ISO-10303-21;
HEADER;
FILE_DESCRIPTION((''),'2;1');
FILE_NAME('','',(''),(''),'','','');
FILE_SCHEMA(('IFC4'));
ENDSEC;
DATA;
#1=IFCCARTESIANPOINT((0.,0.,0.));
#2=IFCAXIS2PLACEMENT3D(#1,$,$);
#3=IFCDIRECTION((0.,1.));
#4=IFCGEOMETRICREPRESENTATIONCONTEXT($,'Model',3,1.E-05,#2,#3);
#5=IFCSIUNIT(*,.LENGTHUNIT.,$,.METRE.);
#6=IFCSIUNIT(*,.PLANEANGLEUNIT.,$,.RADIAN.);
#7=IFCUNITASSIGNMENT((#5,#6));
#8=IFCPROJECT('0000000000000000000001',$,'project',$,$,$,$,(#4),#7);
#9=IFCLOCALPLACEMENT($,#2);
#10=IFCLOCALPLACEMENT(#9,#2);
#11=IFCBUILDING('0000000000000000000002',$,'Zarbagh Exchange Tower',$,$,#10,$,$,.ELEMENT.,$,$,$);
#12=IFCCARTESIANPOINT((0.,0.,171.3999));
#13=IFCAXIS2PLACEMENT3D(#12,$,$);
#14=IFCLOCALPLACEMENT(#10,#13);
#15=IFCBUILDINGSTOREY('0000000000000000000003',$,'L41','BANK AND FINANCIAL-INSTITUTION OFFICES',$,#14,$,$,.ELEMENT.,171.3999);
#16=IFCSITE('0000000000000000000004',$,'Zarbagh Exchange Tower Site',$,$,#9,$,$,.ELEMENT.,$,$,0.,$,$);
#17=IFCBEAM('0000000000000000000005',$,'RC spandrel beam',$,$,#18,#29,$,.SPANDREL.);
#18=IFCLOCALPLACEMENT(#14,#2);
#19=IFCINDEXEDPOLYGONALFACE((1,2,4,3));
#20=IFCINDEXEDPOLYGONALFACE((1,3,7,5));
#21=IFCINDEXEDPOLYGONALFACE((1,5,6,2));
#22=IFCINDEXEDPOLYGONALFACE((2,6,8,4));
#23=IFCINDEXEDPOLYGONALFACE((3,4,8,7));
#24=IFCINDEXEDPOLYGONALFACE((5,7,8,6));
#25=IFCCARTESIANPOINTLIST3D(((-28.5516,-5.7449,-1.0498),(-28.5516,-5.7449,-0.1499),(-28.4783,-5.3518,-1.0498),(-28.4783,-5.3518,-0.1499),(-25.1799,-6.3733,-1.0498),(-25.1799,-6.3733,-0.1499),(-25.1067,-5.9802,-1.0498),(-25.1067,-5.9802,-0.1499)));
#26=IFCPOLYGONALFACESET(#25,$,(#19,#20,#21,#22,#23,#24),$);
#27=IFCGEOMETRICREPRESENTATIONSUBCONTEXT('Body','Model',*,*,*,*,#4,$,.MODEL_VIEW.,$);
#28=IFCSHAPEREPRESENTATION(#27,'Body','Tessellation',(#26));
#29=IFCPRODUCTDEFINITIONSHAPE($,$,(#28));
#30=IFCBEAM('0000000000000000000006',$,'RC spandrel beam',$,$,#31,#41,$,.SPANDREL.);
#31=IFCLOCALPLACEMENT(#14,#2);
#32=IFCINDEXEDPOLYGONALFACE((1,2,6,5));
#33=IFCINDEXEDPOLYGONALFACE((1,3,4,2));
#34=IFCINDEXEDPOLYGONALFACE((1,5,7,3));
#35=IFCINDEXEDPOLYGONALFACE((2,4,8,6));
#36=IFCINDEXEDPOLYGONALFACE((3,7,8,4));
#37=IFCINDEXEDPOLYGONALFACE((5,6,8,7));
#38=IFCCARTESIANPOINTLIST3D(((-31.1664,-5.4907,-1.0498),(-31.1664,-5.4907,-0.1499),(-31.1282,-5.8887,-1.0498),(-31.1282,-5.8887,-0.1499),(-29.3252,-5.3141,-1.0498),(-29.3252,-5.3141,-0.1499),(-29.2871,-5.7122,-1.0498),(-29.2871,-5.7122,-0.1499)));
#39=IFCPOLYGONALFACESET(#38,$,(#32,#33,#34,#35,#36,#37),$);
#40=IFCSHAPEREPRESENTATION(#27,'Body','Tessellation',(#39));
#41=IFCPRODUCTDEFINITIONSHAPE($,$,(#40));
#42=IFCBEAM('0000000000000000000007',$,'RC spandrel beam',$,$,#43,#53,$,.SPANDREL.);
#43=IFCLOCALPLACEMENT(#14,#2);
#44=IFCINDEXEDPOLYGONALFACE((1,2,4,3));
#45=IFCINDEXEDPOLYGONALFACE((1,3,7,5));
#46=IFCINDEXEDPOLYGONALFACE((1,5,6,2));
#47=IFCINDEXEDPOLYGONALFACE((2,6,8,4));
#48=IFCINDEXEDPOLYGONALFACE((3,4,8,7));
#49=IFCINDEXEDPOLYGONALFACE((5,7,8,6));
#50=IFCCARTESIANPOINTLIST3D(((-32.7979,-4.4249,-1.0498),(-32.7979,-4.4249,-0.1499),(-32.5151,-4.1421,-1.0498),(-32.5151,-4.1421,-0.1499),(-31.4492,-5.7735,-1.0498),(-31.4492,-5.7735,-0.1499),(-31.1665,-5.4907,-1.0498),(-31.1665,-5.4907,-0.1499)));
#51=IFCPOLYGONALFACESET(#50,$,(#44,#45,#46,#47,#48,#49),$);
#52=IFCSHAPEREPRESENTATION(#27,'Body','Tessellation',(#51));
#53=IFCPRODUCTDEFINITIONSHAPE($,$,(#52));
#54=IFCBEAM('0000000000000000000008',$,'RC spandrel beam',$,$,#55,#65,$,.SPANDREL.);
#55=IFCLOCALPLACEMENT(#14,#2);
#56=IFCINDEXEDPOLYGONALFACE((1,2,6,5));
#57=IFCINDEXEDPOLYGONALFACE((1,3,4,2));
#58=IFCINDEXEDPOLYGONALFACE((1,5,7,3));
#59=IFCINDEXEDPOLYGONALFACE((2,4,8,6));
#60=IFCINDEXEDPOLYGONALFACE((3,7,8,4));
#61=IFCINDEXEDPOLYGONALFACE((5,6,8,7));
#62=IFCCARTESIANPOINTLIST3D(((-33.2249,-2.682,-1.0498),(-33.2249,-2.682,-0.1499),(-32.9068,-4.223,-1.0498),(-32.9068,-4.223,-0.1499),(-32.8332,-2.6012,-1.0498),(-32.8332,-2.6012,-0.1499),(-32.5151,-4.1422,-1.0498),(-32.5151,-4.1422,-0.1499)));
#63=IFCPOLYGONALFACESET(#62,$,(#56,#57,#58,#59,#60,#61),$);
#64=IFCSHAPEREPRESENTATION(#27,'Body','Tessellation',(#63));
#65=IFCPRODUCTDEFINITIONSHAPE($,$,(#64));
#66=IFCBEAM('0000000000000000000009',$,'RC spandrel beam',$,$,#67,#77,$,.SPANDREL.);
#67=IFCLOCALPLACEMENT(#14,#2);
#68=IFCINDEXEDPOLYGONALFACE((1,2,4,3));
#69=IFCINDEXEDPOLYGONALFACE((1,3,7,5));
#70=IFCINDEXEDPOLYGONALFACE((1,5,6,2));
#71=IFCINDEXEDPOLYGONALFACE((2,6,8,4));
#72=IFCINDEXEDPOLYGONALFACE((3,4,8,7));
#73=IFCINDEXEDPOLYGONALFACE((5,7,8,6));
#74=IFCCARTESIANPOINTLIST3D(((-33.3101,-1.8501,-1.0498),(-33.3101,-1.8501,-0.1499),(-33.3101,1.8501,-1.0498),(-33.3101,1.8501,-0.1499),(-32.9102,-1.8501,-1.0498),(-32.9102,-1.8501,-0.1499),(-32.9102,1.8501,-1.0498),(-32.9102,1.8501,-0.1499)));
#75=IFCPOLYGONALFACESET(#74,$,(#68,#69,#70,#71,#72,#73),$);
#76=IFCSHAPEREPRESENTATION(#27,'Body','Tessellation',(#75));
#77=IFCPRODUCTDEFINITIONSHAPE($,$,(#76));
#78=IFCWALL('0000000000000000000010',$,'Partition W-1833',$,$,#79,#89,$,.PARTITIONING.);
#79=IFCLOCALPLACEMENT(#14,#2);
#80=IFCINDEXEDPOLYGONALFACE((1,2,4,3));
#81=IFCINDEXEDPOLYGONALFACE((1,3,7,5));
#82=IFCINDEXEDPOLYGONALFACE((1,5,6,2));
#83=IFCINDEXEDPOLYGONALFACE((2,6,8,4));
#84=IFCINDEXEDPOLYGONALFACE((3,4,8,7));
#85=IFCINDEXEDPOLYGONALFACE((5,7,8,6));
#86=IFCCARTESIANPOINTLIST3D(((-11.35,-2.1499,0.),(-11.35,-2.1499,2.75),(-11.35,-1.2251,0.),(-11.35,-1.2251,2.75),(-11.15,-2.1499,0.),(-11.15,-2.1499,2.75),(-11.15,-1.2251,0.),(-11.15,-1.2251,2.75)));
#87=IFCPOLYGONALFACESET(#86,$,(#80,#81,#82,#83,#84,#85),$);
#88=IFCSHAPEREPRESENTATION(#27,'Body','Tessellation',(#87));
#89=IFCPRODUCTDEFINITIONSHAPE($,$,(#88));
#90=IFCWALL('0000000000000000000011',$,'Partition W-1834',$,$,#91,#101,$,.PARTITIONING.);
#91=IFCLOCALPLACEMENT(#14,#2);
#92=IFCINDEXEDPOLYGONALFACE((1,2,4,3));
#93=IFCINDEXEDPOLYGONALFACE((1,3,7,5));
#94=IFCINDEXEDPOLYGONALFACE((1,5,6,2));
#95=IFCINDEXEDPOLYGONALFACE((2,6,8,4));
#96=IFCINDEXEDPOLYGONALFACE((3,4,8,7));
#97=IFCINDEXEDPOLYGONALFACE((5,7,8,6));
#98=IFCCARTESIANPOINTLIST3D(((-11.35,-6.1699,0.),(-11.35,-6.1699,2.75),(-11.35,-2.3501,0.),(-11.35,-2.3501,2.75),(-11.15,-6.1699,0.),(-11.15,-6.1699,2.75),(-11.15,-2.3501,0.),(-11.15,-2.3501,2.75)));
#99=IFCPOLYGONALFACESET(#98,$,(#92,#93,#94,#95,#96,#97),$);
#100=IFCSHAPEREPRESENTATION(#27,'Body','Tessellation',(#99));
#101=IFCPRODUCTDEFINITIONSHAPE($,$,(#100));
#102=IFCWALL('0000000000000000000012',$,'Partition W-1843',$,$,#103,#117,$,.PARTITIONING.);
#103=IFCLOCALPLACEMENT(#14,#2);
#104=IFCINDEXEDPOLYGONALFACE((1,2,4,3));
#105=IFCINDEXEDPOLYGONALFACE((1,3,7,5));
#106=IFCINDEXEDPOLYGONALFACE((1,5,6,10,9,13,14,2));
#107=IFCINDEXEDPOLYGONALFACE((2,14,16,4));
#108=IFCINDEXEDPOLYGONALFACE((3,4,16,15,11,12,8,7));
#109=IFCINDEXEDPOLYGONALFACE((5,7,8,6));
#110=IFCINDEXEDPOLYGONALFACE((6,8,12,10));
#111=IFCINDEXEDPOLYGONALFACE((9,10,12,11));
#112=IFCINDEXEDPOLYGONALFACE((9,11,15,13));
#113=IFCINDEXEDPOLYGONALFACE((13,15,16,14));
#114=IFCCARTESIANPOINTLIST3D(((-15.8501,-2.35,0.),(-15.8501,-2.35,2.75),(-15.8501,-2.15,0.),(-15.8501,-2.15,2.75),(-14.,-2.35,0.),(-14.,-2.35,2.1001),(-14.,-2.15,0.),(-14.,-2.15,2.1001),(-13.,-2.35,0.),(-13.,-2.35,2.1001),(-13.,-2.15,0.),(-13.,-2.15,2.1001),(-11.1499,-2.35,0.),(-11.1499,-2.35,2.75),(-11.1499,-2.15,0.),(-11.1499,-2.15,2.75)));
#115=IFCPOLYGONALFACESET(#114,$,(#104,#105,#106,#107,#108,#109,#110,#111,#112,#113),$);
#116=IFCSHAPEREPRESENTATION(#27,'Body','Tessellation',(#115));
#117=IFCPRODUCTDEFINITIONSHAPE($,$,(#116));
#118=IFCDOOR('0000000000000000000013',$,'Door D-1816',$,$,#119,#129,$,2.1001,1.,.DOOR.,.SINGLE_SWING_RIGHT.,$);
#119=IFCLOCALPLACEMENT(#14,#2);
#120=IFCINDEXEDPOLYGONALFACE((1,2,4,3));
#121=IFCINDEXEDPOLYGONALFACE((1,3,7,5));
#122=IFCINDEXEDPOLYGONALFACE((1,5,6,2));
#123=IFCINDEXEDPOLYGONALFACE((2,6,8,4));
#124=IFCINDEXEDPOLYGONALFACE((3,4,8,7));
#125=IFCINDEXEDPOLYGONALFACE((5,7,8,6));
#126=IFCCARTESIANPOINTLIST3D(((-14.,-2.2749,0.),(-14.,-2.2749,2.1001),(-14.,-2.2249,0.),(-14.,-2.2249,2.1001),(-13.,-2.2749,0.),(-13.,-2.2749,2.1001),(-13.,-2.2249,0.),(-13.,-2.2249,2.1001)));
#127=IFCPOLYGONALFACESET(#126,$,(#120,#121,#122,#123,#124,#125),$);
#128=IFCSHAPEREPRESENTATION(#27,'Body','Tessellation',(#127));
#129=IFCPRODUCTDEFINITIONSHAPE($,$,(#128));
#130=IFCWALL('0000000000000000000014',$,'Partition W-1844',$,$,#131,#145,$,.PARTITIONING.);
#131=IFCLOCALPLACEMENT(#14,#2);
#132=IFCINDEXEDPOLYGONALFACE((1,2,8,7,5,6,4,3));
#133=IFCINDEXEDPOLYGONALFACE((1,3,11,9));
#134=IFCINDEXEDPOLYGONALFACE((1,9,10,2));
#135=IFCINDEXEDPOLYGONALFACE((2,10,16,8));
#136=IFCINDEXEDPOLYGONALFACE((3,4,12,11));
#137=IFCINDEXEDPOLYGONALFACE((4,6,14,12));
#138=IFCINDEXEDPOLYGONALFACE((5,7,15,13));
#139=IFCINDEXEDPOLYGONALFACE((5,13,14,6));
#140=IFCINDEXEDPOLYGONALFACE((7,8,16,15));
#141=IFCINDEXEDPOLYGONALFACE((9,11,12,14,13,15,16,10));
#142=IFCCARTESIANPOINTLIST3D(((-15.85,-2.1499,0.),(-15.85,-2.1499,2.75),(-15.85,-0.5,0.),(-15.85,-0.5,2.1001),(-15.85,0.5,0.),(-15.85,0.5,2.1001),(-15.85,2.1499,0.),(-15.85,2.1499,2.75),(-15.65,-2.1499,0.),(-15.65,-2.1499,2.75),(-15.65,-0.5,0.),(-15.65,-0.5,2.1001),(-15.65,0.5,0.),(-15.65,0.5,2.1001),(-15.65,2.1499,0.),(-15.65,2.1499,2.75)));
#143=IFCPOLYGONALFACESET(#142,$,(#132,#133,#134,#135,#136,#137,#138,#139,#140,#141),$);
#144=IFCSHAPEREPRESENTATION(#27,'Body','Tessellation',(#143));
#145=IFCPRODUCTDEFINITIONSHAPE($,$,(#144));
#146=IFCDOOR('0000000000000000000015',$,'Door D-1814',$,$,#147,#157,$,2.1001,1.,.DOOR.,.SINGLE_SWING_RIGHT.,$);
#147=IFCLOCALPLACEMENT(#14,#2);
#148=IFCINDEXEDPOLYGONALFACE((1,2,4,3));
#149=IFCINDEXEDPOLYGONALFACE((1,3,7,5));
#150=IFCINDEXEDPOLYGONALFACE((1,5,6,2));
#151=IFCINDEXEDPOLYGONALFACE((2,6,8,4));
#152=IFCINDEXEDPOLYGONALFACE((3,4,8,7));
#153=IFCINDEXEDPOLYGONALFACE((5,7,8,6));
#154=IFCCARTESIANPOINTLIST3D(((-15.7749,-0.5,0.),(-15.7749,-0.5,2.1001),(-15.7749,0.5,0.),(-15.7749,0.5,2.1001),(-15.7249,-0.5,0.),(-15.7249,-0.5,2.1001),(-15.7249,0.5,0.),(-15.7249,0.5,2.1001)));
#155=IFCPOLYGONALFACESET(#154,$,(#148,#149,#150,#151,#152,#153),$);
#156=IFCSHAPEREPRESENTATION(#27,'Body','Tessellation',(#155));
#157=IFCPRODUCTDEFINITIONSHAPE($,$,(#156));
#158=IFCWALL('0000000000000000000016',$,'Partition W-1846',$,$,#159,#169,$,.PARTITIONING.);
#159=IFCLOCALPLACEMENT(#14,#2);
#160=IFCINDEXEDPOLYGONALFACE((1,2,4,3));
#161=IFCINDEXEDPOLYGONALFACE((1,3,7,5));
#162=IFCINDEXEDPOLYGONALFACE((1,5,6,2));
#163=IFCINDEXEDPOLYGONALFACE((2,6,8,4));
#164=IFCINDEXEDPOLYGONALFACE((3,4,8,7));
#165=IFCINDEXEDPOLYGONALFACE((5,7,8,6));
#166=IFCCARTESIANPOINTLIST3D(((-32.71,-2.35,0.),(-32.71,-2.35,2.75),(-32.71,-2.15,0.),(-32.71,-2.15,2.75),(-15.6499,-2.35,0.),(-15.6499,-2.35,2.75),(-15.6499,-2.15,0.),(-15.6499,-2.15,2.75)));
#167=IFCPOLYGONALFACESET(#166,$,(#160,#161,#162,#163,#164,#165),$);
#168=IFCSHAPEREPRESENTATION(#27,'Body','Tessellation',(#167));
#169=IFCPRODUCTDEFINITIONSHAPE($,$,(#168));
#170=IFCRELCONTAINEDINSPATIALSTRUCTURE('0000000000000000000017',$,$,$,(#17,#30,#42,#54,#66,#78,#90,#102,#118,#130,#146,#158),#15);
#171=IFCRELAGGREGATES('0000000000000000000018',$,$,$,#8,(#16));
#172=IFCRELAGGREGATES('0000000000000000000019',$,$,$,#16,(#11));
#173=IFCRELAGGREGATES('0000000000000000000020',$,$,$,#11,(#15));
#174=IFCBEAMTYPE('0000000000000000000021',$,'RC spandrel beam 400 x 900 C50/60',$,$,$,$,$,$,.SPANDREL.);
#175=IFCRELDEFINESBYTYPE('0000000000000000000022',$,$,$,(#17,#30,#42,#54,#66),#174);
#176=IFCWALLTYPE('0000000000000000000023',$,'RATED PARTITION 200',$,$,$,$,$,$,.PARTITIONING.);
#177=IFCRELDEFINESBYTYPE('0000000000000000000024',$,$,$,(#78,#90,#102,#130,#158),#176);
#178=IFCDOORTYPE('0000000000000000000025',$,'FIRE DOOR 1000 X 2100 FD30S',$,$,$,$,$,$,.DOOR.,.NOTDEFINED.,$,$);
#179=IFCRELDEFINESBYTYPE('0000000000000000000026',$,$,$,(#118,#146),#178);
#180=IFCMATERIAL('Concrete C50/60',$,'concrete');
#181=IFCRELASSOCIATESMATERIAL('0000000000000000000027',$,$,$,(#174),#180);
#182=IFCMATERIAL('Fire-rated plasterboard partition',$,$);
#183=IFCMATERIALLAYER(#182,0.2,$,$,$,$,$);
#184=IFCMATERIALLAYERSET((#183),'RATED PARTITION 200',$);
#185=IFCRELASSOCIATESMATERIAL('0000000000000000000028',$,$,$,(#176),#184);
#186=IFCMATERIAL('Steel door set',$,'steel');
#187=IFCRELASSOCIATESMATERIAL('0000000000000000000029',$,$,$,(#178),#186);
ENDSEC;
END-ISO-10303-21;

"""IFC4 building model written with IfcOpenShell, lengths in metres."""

from ifc_helpers import new_model, si_unit, direction, frame, frame_2d, origin, origin_2d, place, context, subcontext, project, spatial, rectangle, extrude, material, layer, layer_set, material_profile, profile_set, type_object, element, fill, save


model = new_model("IFC4")

# Units and contexts
model_context = context("Model", 3, precision=1e-05, world=origin(), true_north=direction((0.0, 1.0)))
body_context = subcontext(model_context, "Body", "Model", "MODEL_VIEW")
ifc_project = project(units=[si_unit("LENGTHUNIT", "METRE"), si_unit("PLANEANGLEUNIT", "RADIAN")], contexts=[model_context])

# Site, building, storey
site_placement = place(None, origin())
site = spatial("IfcSite", under=ifc_project, at=site_placement, Name="Zarbagh Exchange Tower Site", CompositionType="ELEMENT", RefElevation=0.0)
building_placement = place(site_placement, origin())
building = spatial("IfcBuilding", under=site, at=building_placement, Name="Zarbagh Exchange Tower", CompositionType="ELEMENT")
storey_placement = place(building_placement, frame((0.0, 0.0, 171.3999)))
storey = spatial("IfcBuildingStorey", under=building, at=storey_placement, Name="L41", Description="BANK AND FINANCIAL-INSTITUTION OFFICES", CompositionType="ELEMENT", Elevation=171.3999)

# Shared definitions
ifc_material_1 = material(Name="Concrete C50/60", Category="concrete")

# Beams
ifc_material_profile_1 = material_profile(ifc_material_1, rectangle(XDim=0.3999, YDim=0.8999, at=origin_2d()), Name="RC spandrel beam 400 x 900 C50/60")
ifc_profile_set_1 = profile_set([ifc_material_profile_1], Name="Concrete C50/60")
beam_type_1 = type_object("IfcBeamType", Name="RC spandrel beam 400 x 900 C50/60", PredefinedType="SPANDREL", material=ifc_profile_set_1)
beam_1_placement = place(storey_placement, frame((-25.1433, -6.1768, -0.5999), z_axis=(-0.98307, 0.183231, 0.0), x_axis=(-0.183231, -0.98307, 0.0)))
element("IfcBeam", 1, at=beam_1_placement, inside=storey, type_object=beam_type_1, Name="RC spandrel beam", PredefinedType="SPANDREL", context=body_context, shape_type="SweptSolid", body=[
    extrude(rectangle(XDim=0.3999, YDim=0.8999, at=origin_2d()), origin(), (0.0, 0.0, 1.0), 3.4297),
])
beam_2_placement = place(storey_placement, frame((-29.3062, -5.5132, -0.5999), z_axis=(-0.995435, -0.095438, 0.0), x_axis=(0.095438, -0.995435, 0.0)))
element("IfcBeam", 2, at=beam_2_placement, inside=storey, type_object=beam_type_1, Name="RC spandrel beam", PredefinedType="SPANDREL", context=body_context, shape_type="SweptSolid", body=[
    extrude(rectangle(XDim=0.3999, YDim=0.8999, at=origin_2d()), origin(), (0.0, 0.0, 1.0), 1.8496),
])
beam_3_placement = place(storey_placement, frame((-31.3079, -5.6321, -0.5999), z_axis=(-0.707107, 0.707107, 0.0), x_axis=(-0.707107, -0.707107, 0.0)))
element("IfcBeam", 3, at=beam_3_placement, inside=storey, type_object=beam_type_1, Name="RC spandrel beam", PredefinedType="SPANDREL", context=body_context, shape_type="SweptSolid", body=[
    extrude(rectangle(XDim=0.3999, YDim=0.8999, at=origin_2d()), origin(), (0.0, 0.0, 1.0), 1.9072),
])
beam_4_placement = place(storey_placement, frame((-32.7109, -4.1826, -0.5999), z_axis=(-0.202169, 0.979351, 0.0), x_axis=(-0.979351, -0.202169, 0.0)))
element("IfcBeam", 4, at=beam_4_placement, inside=storey, type_object=beam_type_1, Name="RC spandrel beam", PredefinedType="SPANDREL", context=body_context, shape_type="SweptSolid", body=[
    extrude(rectangle(XDim=0.3999, YDim=0.8999, at=origin_2d()), origin(), (0.0, 0.0, 1.0), 1.5735),
])
beam_5_placement = place(storey_placement, frame((-33.1101, -1.8501, -0.5999), z_axis=(0.0, 1.0, 0.0), x_axis=(-1.0, 0.0, 0.0)))
element("IfcBeam", 5, at=beam_5_placement, inside=storey, type_object=beam_type_1, Name="RC spandrel beam", PredefinedType="SPANDREL", context=body_context, shape_type="SweptSolid", body=[
    extrude(rectangle(XDim=0.3999, YDim=0.8999, at=origin_2d()), origin(), (0.0, 0.0, 1.0), 3.7002),
])

# Walls
ifc_material_2 = material(Name="Fire-rated plasterboard partition")
ifc_layer = layer(ifc_material_2, 0.2)
ifc_layer_set = layer_set([ifc_layer], Name="RATED PARTITION 200")
wall_type = type_object("IfcWallType", Name="RATED PARTITION 200", PredefinedType="PARTITIONING", material=ifc_layer_set)
wall_1_placement = place(storey_placement, frame((-11.25, -2.1499, 0.0), z_axis=(0.0, 0.0, 1.0), x_axis=(0.0, 1.0, 0.0)))
element("IfcWall", 6, at=wall_1_placement, inside=storey, type_object=wall_type, Name="Partition W-1833", PredefinedType="PARTITIONING", context=body_context, shape_type="SweptSolid", body=[
    extrude(rectangle(XDim=0.9248, YDim=0.2, at=frame_2d((0.4624, 0.0))), origin(), (0.0, 0.0, 1.0), 2.75),
])
wall_2_placement = place(storey_placement, frame((-11.25, -6.1699, 0.0), z_axis=(0.0, 0.0, 1.0), x_axis=(0.0, 1.0, 0.0)))
element("IfcWall", 7, at=wall_2_placement, inside=storey, type_object=wall_type, Name="Partition W-1834", PredefinedType="PARTITIONING", context=body_context, shape_type="SweptSolid", body=[
    extrude(rectangle(XDim=3.8198, YDim=0.2, at=frame_2d((1.9099, 0.0))), origin(), (0.0, 0.0, 1.0), 2.75),
])

# Walls, openings, doors
wall_3_placement = place(storey_placement, frame((-11.1499, -2.25, 0.0), z_axis=(0.0, 0.0, 1.0), x_axis=(-1.0, 0.0, 0.0)))
wall_3 = element("IfcWall", 8, at=wall_3_placement, inside=storey, type_object=wall_type, Name="Partition W-1843", PredefinedType="PARTITIONING", context=body_context, shape_type="SweptSolid", body=[
    extrude(rectangle(XDim=4.7002, YDim=0.2, at=frame_2d((2.3501, 0.0))), origin(), (0.0, 0.0, 1.0), 2.75),
])
opening_1_placement = place(wall_3_placement, frame((1.8501, 0.0, 0.0)))
opening_1 = element("IfcOpeningElement", 9, at=opening_1_placement, cuts=wall_3, PredefinedType="OPENING", context=body_context, shape_type="SweptSolid", body=[
    extrude(rectangle(XDim=1.0, YDim=2.1001, at=frame_2d((0.5, 1.05))), frame((0.0, 0.1099, 0.0), z_axis=(0.0, -1.0, 0.0), x_axis=(1.0, 0.0, 0.0)), (0.0, 0.0, 1.0), 0.22),
])
ifc_material_3 = material(Name="Steel door set", Category="steel")
door_type = type_object("IfcDoorType", Name="FIRE DOOR 1000 X 2100 FD30S", OperationType="NOTDEFINED", PredefinedType="DOOR", material=ifc_material_3)
door_1_placement = place(opening_1_placement, origin())
door_1 = element("IfcDoor", 10, at=door_1_placement, inside=storey, type_object=door_type, Name="Door D-1816", OperationType="SINGLE_SWING_RIGHT", OverallHeight=2.1001, OverallWidth=1.0, PredefinedType="DOOR", context=body_context, shape_type="SweptSolid", body=[
    extrude(rectangle(XDim=1.0, YDim=2.1001, at=frame_2d((0.5, 1.05))), frame((0.0, 0.0249, 0.0), z_axis=(0.0, -1.0, 0.0), x_axis=(1.0, 0.0, 0.0)), (0.0, 0.0, 1.0), 0.05),
])
fill(opening_1, door_1)
wall_4_placement = place(storey_placement, frame((-15.75, -2.1499, 0.0), z_axis=(0.0, 0.0, 1.0), x_axis=(0.0, 1.0, 0.0)))
wall_4 = element("IfcWall", 11, at=wall_4_placement, inside=storey, type_object=wall_type, Name="Partition W-1844", PredefinedType="PARTITIONING", context=body_context, shape_type="SweptSolid", body=[
    extrude(rectangle(XDim=4.2998, YDim=0.2, at=frame_2d((2.1499, 0.0))), origin(), (0.0, 0.0, 1.0), 2.75),
])
opening_2_placement = place(wall_4_placement, frame((1.6499, 0.0, 0.0)))
opening_2 = element("IfcOpeningElement", 12, at=opening_2_placement, cuts=wall_4, PredefinedType="OPENING", context=body_context, shape_type="SweptSolid", body=[
    extrude(rectangle(XDim=1.0, YDim=2.1001, at=frame_2d((0.5, 1.05))), frame((0.0, 0.1099, 0.0), z_axis=(0.0, -1.0, 0.0), x_axis=(1.0, 0.0, 0.0)), (0.0, 0.0, 1.0), 0.22),
])
door_2_placement = place(opening_2_placement, origin())
door_2 = element("IfcDoor", 13, at=door_2_placement, inside=storey, type_object=door_type, Name="Door D-1814", OperationType="SINGLE_SWING_RIGHT", OverallHeight=2.1001, OverallWidth=1.0, PredefinedType="DOOR", context=body_context, shape_type="SweptSolid", body=[
    extrude(rectangle(XDim=1.0, YDim=2.1001, at=frame_2d((0.5, 1.05))), frame((0.0, 0.0249, 0.0), z_axis=(0.0, -1.0, 0.0), x_axis=(1.0, 0.0, 0.0)), (0.0, 0.0, 1.0), 0.05),
])
fill(opening_2, door_2)

# Wall
wall_5_placement = place(storey_placement, frame((-32.71, -2.25, 0.0), z_axis=(0.0, 0.0, 1.0), x_axis=(1.0, 0.0, 0.0)))
element("IfcWall", 14, at=wall_5_placement, inside=storey, type_object=wall_type, Name="Partition W-1846", PredefinedType="PARTITIONING", context=body_context, shape_type="SweptSolid", body=[
    extrude(rectangle(XDim=17.0601, YDim=0.2, at=frame_2d((8.53, 0.0))), origin(), (0.0, 0.0, 1.0), 2.75),
])

save(model, "model.ifc")
